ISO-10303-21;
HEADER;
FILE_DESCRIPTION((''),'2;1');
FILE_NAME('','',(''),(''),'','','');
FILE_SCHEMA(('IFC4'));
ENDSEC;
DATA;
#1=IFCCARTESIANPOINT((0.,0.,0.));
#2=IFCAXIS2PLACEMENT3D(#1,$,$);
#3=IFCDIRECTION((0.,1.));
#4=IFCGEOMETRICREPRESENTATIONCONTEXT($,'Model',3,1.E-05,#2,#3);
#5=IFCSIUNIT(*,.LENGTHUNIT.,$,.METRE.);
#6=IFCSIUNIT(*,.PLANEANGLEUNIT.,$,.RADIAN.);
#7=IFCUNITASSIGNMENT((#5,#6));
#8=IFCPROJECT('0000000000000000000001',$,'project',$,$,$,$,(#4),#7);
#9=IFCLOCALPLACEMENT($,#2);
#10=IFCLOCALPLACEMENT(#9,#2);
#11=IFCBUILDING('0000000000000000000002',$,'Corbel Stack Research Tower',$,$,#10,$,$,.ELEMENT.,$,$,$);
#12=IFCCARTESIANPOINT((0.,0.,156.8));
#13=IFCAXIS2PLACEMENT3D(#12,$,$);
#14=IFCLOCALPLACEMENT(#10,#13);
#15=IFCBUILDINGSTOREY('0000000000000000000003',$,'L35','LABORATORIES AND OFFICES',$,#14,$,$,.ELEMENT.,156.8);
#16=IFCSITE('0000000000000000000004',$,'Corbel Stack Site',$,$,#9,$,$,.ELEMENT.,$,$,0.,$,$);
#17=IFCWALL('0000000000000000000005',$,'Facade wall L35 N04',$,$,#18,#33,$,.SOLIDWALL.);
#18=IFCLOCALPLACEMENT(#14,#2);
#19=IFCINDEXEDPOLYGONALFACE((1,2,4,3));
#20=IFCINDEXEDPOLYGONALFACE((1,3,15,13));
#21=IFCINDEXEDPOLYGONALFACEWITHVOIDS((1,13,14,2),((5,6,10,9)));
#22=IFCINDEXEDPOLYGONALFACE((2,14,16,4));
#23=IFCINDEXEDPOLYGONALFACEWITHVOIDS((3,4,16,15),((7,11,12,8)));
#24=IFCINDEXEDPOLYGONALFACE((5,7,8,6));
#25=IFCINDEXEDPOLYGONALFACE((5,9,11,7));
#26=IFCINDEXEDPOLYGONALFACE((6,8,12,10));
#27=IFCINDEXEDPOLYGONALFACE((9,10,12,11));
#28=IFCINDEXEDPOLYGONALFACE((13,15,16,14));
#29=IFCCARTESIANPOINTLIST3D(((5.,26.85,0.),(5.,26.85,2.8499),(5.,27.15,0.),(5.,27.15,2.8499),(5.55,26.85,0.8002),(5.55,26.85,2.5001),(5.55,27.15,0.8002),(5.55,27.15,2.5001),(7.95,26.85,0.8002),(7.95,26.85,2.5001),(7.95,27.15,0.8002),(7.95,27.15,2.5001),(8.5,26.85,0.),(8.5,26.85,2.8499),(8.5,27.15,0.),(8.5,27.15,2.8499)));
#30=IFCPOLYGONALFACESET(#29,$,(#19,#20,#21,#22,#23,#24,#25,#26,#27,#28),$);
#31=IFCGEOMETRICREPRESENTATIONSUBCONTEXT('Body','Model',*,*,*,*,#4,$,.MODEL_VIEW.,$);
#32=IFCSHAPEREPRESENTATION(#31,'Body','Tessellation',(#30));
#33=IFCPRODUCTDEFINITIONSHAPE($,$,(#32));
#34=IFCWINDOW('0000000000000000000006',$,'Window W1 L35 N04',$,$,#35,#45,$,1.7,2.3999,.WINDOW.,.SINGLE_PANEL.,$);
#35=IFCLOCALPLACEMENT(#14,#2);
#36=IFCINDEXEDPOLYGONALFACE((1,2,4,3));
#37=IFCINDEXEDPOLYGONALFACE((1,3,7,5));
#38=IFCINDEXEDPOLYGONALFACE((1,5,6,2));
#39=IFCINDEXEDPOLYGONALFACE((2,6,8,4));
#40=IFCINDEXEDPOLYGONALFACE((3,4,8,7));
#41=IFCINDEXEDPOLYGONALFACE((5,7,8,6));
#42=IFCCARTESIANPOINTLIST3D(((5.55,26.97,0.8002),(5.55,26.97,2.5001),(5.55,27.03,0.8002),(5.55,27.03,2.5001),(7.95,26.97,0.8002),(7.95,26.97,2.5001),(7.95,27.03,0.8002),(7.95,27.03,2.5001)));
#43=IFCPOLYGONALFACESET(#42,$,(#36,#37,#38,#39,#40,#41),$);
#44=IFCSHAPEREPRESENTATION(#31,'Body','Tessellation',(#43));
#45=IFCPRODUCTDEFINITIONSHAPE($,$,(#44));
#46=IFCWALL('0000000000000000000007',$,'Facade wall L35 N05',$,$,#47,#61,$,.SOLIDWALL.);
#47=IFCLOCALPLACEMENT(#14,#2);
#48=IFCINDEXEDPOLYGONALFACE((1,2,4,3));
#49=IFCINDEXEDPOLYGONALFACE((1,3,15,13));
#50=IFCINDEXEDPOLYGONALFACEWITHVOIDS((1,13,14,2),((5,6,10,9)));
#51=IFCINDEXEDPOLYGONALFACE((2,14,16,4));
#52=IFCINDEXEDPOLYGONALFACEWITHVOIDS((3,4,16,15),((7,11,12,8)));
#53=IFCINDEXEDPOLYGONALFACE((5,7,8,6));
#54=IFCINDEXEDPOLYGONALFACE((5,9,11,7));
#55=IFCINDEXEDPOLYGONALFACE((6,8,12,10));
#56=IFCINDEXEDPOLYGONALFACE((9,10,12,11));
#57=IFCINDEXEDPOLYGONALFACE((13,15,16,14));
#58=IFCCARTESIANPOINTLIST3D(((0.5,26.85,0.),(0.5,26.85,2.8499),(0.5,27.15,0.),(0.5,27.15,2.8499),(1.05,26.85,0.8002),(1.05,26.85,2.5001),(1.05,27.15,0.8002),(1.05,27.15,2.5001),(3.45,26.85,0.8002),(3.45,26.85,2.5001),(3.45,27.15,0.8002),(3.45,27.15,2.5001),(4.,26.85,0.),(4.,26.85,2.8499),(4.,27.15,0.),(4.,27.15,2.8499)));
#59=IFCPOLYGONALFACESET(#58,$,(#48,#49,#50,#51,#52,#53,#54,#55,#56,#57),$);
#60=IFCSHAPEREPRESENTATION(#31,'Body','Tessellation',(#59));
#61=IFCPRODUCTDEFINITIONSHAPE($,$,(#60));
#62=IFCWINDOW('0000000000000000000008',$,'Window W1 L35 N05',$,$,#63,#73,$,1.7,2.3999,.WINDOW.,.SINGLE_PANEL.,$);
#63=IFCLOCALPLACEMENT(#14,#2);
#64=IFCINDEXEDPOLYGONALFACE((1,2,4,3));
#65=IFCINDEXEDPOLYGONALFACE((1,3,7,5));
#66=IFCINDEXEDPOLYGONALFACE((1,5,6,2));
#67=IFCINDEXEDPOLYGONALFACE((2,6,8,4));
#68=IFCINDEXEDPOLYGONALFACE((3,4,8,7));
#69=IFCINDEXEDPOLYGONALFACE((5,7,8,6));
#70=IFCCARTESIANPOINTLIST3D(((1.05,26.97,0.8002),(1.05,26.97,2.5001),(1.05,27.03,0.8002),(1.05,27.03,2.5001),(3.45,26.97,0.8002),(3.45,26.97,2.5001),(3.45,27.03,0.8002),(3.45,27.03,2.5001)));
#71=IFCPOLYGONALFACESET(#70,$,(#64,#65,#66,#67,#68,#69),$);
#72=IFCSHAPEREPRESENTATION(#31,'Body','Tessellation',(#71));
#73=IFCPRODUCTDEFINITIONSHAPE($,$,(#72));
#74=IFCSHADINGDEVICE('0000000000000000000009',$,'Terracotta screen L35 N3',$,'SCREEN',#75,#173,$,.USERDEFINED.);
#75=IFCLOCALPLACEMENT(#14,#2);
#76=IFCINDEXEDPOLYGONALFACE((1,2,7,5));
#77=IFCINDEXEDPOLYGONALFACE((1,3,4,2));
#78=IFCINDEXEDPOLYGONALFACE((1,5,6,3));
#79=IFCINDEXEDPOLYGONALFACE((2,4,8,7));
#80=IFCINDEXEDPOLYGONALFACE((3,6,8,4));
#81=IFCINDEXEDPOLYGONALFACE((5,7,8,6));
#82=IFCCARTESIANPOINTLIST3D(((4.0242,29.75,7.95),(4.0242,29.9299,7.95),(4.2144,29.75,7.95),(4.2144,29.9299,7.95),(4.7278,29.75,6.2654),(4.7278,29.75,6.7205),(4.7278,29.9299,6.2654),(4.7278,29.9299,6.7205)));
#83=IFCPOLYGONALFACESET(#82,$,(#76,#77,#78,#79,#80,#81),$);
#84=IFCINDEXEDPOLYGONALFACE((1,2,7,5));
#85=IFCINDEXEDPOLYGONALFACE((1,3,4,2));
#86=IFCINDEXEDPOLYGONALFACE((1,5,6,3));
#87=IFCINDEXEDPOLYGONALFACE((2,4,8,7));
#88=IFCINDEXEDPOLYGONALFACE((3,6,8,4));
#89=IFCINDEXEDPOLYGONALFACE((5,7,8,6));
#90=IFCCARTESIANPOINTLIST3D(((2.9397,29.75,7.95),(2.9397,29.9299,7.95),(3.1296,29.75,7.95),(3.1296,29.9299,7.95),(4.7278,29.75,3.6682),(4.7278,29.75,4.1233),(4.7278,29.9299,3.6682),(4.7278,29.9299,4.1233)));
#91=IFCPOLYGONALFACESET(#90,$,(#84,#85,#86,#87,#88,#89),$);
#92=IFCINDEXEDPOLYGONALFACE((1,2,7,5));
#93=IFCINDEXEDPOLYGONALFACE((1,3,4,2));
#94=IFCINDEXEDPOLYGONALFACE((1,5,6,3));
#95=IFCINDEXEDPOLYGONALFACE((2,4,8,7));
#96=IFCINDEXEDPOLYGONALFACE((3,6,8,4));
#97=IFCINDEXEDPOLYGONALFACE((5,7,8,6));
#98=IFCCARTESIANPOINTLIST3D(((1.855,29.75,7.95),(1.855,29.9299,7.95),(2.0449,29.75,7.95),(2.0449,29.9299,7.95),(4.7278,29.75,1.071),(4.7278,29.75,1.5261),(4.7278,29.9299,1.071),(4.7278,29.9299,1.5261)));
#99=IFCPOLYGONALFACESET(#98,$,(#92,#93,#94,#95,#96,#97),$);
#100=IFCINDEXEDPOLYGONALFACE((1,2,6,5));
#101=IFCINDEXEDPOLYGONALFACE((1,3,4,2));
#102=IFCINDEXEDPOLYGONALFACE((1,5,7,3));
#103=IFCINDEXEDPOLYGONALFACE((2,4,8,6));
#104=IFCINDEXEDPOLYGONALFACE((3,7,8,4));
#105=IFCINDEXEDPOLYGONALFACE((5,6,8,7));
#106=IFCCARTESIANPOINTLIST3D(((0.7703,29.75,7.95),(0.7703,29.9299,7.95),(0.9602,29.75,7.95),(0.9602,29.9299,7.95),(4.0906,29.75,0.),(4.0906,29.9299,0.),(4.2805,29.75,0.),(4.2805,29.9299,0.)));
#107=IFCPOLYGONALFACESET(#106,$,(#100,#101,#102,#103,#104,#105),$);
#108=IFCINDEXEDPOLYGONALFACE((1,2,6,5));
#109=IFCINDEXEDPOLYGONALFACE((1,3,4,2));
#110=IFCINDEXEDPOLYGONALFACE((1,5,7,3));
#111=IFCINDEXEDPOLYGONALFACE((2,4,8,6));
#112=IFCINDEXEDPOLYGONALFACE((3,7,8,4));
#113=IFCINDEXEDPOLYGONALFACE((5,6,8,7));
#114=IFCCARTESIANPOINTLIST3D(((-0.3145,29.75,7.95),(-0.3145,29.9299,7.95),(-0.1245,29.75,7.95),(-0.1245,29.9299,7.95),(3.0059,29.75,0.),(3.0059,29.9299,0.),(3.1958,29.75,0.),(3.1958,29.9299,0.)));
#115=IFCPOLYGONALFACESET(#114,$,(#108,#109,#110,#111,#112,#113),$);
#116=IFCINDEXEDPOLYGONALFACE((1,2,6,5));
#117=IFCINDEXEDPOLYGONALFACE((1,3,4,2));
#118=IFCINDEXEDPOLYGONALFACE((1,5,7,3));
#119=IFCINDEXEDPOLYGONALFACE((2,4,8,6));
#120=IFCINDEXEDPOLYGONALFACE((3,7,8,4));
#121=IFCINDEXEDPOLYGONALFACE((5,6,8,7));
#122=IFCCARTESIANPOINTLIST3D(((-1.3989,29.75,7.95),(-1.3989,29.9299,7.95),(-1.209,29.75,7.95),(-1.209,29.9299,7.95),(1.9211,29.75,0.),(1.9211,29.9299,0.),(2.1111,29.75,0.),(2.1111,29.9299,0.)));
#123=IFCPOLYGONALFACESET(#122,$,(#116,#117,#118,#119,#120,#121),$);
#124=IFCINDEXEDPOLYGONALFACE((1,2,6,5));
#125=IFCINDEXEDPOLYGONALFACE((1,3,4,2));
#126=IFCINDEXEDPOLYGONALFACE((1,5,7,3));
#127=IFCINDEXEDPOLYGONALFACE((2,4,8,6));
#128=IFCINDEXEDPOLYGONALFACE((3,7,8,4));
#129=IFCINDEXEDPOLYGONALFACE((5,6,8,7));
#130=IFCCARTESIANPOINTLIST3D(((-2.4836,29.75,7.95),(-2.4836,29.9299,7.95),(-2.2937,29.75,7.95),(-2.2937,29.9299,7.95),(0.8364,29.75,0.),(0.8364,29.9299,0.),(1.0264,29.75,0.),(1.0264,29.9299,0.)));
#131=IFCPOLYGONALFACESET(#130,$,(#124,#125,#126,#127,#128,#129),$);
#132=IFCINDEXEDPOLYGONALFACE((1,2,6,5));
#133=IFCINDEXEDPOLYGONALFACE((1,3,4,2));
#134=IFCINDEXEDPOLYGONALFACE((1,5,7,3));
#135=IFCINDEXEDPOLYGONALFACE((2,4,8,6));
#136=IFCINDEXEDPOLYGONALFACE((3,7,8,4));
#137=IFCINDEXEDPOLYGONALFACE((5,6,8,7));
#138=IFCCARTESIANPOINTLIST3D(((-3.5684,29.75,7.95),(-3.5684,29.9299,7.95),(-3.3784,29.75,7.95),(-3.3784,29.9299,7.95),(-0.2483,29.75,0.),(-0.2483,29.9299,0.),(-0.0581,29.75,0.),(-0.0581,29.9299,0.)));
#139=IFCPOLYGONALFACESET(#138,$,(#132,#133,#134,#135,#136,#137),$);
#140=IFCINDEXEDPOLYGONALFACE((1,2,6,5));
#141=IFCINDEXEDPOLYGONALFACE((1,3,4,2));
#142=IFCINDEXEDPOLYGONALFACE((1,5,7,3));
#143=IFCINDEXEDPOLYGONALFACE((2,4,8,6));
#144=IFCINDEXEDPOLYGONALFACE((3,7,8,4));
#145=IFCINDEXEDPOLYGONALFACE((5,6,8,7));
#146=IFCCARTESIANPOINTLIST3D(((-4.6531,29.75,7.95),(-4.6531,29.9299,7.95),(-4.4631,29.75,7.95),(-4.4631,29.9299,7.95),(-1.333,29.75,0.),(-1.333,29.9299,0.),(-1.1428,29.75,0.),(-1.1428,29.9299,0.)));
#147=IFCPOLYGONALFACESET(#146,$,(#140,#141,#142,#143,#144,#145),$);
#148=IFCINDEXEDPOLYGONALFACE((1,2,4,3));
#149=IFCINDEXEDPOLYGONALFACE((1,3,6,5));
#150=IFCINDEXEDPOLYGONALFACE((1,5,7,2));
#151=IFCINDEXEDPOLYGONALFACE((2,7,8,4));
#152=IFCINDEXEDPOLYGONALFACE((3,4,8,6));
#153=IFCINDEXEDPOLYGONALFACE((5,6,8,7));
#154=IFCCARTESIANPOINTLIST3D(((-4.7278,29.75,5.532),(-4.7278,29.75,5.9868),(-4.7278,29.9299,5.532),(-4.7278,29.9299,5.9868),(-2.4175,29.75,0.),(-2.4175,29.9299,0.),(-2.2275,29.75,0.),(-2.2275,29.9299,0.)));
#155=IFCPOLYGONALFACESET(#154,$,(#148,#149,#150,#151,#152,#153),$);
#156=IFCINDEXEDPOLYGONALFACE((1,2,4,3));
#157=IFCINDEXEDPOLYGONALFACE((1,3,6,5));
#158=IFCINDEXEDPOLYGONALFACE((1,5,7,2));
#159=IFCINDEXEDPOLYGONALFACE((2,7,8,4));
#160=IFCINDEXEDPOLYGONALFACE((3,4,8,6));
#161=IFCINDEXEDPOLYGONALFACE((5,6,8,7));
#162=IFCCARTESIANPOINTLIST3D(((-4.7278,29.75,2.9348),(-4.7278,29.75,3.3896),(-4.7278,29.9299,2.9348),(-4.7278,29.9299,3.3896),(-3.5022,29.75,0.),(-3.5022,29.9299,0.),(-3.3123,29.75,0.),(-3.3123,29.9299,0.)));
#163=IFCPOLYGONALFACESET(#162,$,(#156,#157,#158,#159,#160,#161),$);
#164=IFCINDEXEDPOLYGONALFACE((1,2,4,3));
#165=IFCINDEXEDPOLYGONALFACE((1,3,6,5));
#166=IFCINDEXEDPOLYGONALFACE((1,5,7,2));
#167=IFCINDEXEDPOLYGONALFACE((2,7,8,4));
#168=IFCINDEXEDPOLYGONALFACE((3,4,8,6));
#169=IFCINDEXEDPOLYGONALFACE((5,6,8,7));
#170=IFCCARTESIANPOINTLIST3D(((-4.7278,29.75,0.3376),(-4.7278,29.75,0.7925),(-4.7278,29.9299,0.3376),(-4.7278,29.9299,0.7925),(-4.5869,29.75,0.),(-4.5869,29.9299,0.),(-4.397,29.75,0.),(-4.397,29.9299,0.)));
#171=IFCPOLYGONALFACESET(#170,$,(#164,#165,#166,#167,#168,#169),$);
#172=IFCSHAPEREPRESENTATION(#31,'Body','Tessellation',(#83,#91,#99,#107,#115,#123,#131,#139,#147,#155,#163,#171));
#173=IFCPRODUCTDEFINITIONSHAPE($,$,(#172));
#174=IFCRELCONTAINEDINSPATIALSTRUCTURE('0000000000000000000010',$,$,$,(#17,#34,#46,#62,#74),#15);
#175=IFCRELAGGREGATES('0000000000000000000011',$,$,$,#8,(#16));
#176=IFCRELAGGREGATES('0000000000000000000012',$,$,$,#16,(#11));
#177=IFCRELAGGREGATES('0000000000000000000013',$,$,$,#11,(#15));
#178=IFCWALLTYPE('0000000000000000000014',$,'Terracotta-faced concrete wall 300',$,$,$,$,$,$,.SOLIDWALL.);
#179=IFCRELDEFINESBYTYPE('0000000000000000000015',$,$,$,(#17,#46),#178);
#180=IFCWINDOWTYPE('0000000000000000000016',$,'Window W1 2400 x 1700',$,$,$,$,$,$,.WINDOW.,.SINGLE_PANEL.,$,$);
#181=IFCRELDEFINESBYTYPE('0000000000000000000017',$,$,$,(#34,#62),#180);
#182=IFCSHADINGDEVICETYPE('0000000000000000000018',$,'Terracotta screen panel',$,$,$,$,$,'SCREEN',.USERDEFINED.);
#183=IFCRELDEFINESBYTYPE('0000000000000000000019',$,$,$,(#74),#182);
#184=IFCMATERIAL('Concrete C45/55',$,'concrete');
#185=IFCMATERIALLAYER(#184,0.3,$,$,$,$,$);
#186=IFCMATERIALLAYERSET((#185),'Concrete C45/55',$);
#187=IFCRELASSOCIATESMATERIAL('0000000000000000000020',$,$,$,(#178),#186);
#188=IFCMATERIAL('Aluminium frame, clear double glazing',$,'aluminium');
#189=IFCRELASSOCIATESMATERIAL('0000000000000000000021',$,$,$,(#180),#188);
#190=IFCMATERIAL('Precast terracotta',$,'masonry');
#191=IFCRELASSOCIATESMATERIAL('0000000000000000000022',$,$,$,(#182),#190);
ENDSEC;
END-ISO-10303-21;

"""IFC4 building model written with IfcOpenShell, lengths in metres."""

from ifc_helpers import new_model, si_unit, direction, frame, frame_2d, origin, place, context, subcontext, project, spatial, polyline, rectangle, outline, extrude, source, transform, mapped, material, layer, layer_set, type_object, element, fill, save


model = new_model("IFC4")

# Units and contexts
model_context = context("Model", 3, precision=1e-05, world=origin(), true_north=direction((0.0, 1.0)))
body_context = subcontext(model_context, "Body", "Model", "MODEL_VIEW")
ifc_project = project(units=[si_unit("LENGTHUNIT", "METRE"), si_unit("PLANEANGLEUNIT", "RADIAN")], contexts=[model_context])

# Site, building, storey
site_placement = place(None, origin())
site = spatial("IfcSite", under=ifc_project, at=site_placement, Name="Corbel Stack Site", CompositionType="ELEMENT", RefElevation=0.0)
building_placement = place(site_placement, origin())
building = spatial("IfcBuilding", under=site, at=building_placement, Name="Corbel Stack Research Tower", CompositionType="ELEMENT")
storey_placement = place(building_placement, frame((0.0, 0.0, 156.8)))
storey = spatial("IfcBuildingStorey", under=building, at=storey_placement, Name="L35", Description="LABORATORIES AND OFFICES", CompositionType="ELEMENT", Elevation=156.8)

# Walls, openings, windows
ifc_material_1 = material(Name="Concrete C45/55", Category="concrete")
ifc_layer_1 = layer(ifc_material_1, 0.3)
ifc_layer_set_1 = layer_set([ifc_layer_1], Name="Concrete C45/55")
wall_type_1 = type_object("IfcWallType", Name="Terracotta-faced concrete wall 300", PredefinedType="SOLIDWALL", material=ifc_layer_set_1)
wall_1_placement = place(storey_placement, frame((5.0, 27.0, 0.0), z_axis=(0.0, 0.0, 1.0), x_axis=(1.0, 0.0, 0.0)))
wall_1 = element("IfcWall", 1, at=wall_1_placement, inside=storey, type_object=wall_type_1, Name="Facade wall L35 N04", PredefinedType="SOLIDWALL", context=body_context, shape_type="SweptSolid", body=[
    extrude(rectangle(XDim=3.5, YDim=0.3, at=frame_2d((1.75, 0.0))), origin(), (0.0, 0.0, 1.0), 2.8499),
])
opening_1_placement = place(wall_1_placement, frame((0.55, 0.0, 0.8)))
opening_1 = element("IfcOpeningElement", 2, at=opening_1_placement, cuts=wall_1, PredefinedType="OPENING", context=body_context, shape_type="SweptSolid", body=[
    extrude(rectangle(XDim=2.3999, YDim=1.7, at=frame_2d((1.2, 0.8501))), frame((0.0, 0.1599, 0.0), z_axis=(0.0, -1.0, 0.0), x_axis=(1.0, 0.0, 0.0)), (0.0, 0.0, 1.0), 0.3201),
])
ifc_material_2 = material(Name="Aluminium frame, clear double glazing", Category="aluminium")
window_type = type_object("IfcWindowType", Name="Window W1 2400 x 1700", PartitioningType="SINGLE_PANEL", PredefinedType="WINDOW", material=ifc_material_2)
window_1_placement = place(opening_1_placement, origin())
window_1 = element("IfcWindow", 3, at=window_1_placement, inside=storey, type_object=window_type, Name="Window W1 L35 N04", OverallHeight=1.7, OverallWidth=2.3999, PartitioningType="SINGLE_PANEL", PredefinedType="WINDOW", context=body_context, shape_type="SweptSolid", body=[
    extrude(rectangle(XDim=2.3999, YDim=1.7, at=frame_2d((1.2, 0.8501))), frame((0.0, 0.03, 0.0), z_axis=(0.0, -1.0, 0.0), x_axis=(1.0, 0.0, 0.0)), (0.0, 0.0, 1.0), 0.0601),
])
fill(opening_1, window_1)
wall_2_placement = place(storey_placement, frame((0.5, 27.0, 0.0), z_axis=(0.0, 0.0, 1.0), x_axis=(1.0, 0.0, 0.0)))
wall_2 = element("IfcWall", 4, at=wall_2_placement, inside=storey, type_object=wall_type_1, Name="Facade wall L35 N05", PredefinedType="SOLIDWALL", context=body_context, shape_type="SweptSolid", body=[
    extrude(rectangle(XDim=3.5, YDim=0.3, at=frame_2d((1.75, 0.0))), origin(), (0.0, 0.0, 1.0), 2.8499),
])
opening_2_placement = place(wall_2_placement, frame((0.55, 0.0, 0.8)))
opening_2 = element("IfcOpeningElement", 5, at=opening_2_placement, cuts=wall_2, PredefinedType="OPENING", context=body_context, shape_type="SweptSolid", body=[
    extrude(rectangle(XDim=2.3999, YDim=1.7, at=frame_2d((1.2, 0.8501))), frame((0.0, 0.1599, 0.0), z_axis=(0.0, -1.0, 0.0), x_axis=(1.0, 0.0, 0.0)), (0.0, 0.0, 1.0), 0.3201),
])
window_2_placement = place(opening_2_placement, origin())
window_2 = element("IfcWindow", 6, at=window_2_placement, inside=storey, type_object=window_type, Name="Window W1 L35 N05", OverallHeight=1.7, OverallWidth=2.3999, PartitioningType="SINGLE_PANEL", PredefinedType="WINDOW", context=body_context, shape_type="SweptSolid", body=[
    extrude(rectangle(XDim=2.3999, YDim=1.7, at=frame_2d((1.2, 0.8501))), frame((0.0, 0.03, 0.0), z_axis=(0.0, -1.0, 0.0), x_axis=(1.0, 0.0, 0.0)), (0.0, 0.0, 1.0), 0.0601),
])
fill(opening_2, window_2)

# Shading device
ifc_material_3 = material(Name="Precast terracotta", Category="masonry")
shading_device_type = type_object("IfcShadingDeviceType", Name="Terracotta screen panel", ElementType="SCREEN", PredefinedType="USERDEFINED", material=ifc_material_3)
shared_shape = source(origin(), body_context, "Body", "SweptSolid", [
    extrude(outline(polyline([(0.7036, 7.95), (0.5134, 7.95), (0.0, 6.7205), (0.0, 6.2654), (0.7036, 7.95)])), frame((0.0, 0.0, 0.0), z_axis=(0.0, -1.0, 0.0), x_axis=(1.0, 0.0, 0.0)), (0.0, 0.0, 1.0), 0.1799),
    extrude(outline(polyline([(1.7881, 7.95), (1.5981, 7.95), (0.0, 4.1233), (0.0, 3.6682), (1.7881, 7.95)])), frame((0.0, 0.0, 0.0), z_axis=(0.0, -1.0, 0.0), x_axis=(1.0, 0.0, 0.0)), (0.0, 0.0, 1.0), 0.1799),
    extrude(outline(polyline([(2.8728, 7.95), (2.6829, 7.95), (0.0, 1.5261), (0.0, 1.071), (2.8728, 7.95)])), frame((0.0, 0.0, 0.0), z_axis=(0.0, -1.0, 0.0), x_axis=(1.0, 0.0, 0.0)), (0.0, 0.0, 1.0), 0.1799),
    extrude(outline(polyline([(0.6372, 0.0), (3.9575, 7.95), (3.7676, 7.95), (0.4473, 0.0), (0.6372, 0.0)])), frame((0.0, 0.0, 0.0), z_axis=(0.0, -1.0, 0.0), x_axis=(1.0, 0.0, 0.0)), (0.0, 0.0, 1.0), 0.1799),
    extrude(outline(polyline([(1.7219, 0.0), (5.0422, 7.95), (4.8523, 7.95), (1.532, 0.0), (1.7219, 0.0)])), frame((0.0, 0.0, 0.0), z_axis=(0.0, -1.0, 0.0), x_axis=(1.0, 0.0, 0.0)), (0.0, 0.0, 1.0), 0.1799),
    extrude(outline(polyline([(2.8066, 0.0), (6.1267, 7.95), (5.9368, 7.95), (2.6167, 0.0), (2.8066, 0.0)])), frame((0.0, 0.0, 0.0), z_axis=(0.0, -1.0, 0.0), x_axis=(1.0, 0.0, 0.0)), (0.0, 0.0, 1.0), 0.1799),
    extrude(outline(polyline([(3.8914, 0.0), (7.2114, 7.95), (7.0215, 7.95), (3.7014, 0.0), (3.8914, 0.0)])), frame((0.0, 0.0, 0.0), z_axis=(0.0, -1.0, 0.0), x_axis=(1.0, 0.0, 0.0)), (0.0, 0.0, 1.0), 0.1799),
    extrude(outline(polyline([(4.9761, 0.0), (8.2961, 7.95), (8.1062, 7.95), (4.7859, 0.0), (4.9761, 0.0)])), frame((0.0, 0.0, 0.0), z_axis=(0.0, -1.0, 0.0), x_axis=(1.0, 0.0, 0.0)), (0.0, 0.0, 1.0), 0.1799),
    extrude(outline(polyline([(6.0608, 0.0), (9.3809, 7.95), (9.1909, 7.95), (5.8706, 0.0), (6.0608, 0.0)])), frame((0.0, 0.0, 0.0), z_axis=(0.0, -1.0, 0.0), x_axis=(1.0, 0.0, 0.0)), (0.0, 0.0, 1.0), 0.1799),
    extrude(outline(polyline([(7.1453, 0.0), (9.4556, 5.532), (9.4556, 5.9868), (6.9553, 0.0), (7.1453, 0.0)])), frame((0.0, 0.0, 0.0), z_axis=(0.0, -1.0, 0.0), x_axis=(1.0, 0.0, 0.0)), (0.0, 0.0, 1.0), 0.1799),
    extrude(outline(polyline([(8.23, 0.0), (9.4556, 2.9348), (9.4556, 3.3896), (8.04, 0.0), (8.23, 0.0)])), frame((0.0, 0.0, 0.0), z_axis=(0.0, -1.0, 0.0), x_axis=(1.0, 0.0, 0.0)), (0.0, 0.0, 1.0), 0.1799),
    extrude(outline(polyline([(9.3147, 0.0), (9.4556, 0.3376), (9.4556, 0.7925), (9.1248, 0.0), (9.3147, 0.0)])), frame((0.0, 0.0, 0.0), z_axis=(0.0, -1.0, 0.0), x_axis=(1.0, 0.0, 0.0)), (0.0, 0.0, 1.0), 0.1799),
])
shading_device_placement = place(storey_placement, frame((4.7278, 29.75, 0.0), z_axis=(0.0, 0.0, 1.0), x_axis=(-1.0, 0.0, 0.0)))
element("IfcShadingDevice", 7, at=shading_device_placement, inside=storey, type_object=shading_device_type, Name="Terracotta screen L35 N3", ObjectType="SCREEN", PredefinedType="USERDEFINED", context=body_context, shape_type="MappedRepresentation", body=[
    mapped(shared_shape, transform((0.0, 0.0, 0.0))),
])

save(model, "model.ifc")
